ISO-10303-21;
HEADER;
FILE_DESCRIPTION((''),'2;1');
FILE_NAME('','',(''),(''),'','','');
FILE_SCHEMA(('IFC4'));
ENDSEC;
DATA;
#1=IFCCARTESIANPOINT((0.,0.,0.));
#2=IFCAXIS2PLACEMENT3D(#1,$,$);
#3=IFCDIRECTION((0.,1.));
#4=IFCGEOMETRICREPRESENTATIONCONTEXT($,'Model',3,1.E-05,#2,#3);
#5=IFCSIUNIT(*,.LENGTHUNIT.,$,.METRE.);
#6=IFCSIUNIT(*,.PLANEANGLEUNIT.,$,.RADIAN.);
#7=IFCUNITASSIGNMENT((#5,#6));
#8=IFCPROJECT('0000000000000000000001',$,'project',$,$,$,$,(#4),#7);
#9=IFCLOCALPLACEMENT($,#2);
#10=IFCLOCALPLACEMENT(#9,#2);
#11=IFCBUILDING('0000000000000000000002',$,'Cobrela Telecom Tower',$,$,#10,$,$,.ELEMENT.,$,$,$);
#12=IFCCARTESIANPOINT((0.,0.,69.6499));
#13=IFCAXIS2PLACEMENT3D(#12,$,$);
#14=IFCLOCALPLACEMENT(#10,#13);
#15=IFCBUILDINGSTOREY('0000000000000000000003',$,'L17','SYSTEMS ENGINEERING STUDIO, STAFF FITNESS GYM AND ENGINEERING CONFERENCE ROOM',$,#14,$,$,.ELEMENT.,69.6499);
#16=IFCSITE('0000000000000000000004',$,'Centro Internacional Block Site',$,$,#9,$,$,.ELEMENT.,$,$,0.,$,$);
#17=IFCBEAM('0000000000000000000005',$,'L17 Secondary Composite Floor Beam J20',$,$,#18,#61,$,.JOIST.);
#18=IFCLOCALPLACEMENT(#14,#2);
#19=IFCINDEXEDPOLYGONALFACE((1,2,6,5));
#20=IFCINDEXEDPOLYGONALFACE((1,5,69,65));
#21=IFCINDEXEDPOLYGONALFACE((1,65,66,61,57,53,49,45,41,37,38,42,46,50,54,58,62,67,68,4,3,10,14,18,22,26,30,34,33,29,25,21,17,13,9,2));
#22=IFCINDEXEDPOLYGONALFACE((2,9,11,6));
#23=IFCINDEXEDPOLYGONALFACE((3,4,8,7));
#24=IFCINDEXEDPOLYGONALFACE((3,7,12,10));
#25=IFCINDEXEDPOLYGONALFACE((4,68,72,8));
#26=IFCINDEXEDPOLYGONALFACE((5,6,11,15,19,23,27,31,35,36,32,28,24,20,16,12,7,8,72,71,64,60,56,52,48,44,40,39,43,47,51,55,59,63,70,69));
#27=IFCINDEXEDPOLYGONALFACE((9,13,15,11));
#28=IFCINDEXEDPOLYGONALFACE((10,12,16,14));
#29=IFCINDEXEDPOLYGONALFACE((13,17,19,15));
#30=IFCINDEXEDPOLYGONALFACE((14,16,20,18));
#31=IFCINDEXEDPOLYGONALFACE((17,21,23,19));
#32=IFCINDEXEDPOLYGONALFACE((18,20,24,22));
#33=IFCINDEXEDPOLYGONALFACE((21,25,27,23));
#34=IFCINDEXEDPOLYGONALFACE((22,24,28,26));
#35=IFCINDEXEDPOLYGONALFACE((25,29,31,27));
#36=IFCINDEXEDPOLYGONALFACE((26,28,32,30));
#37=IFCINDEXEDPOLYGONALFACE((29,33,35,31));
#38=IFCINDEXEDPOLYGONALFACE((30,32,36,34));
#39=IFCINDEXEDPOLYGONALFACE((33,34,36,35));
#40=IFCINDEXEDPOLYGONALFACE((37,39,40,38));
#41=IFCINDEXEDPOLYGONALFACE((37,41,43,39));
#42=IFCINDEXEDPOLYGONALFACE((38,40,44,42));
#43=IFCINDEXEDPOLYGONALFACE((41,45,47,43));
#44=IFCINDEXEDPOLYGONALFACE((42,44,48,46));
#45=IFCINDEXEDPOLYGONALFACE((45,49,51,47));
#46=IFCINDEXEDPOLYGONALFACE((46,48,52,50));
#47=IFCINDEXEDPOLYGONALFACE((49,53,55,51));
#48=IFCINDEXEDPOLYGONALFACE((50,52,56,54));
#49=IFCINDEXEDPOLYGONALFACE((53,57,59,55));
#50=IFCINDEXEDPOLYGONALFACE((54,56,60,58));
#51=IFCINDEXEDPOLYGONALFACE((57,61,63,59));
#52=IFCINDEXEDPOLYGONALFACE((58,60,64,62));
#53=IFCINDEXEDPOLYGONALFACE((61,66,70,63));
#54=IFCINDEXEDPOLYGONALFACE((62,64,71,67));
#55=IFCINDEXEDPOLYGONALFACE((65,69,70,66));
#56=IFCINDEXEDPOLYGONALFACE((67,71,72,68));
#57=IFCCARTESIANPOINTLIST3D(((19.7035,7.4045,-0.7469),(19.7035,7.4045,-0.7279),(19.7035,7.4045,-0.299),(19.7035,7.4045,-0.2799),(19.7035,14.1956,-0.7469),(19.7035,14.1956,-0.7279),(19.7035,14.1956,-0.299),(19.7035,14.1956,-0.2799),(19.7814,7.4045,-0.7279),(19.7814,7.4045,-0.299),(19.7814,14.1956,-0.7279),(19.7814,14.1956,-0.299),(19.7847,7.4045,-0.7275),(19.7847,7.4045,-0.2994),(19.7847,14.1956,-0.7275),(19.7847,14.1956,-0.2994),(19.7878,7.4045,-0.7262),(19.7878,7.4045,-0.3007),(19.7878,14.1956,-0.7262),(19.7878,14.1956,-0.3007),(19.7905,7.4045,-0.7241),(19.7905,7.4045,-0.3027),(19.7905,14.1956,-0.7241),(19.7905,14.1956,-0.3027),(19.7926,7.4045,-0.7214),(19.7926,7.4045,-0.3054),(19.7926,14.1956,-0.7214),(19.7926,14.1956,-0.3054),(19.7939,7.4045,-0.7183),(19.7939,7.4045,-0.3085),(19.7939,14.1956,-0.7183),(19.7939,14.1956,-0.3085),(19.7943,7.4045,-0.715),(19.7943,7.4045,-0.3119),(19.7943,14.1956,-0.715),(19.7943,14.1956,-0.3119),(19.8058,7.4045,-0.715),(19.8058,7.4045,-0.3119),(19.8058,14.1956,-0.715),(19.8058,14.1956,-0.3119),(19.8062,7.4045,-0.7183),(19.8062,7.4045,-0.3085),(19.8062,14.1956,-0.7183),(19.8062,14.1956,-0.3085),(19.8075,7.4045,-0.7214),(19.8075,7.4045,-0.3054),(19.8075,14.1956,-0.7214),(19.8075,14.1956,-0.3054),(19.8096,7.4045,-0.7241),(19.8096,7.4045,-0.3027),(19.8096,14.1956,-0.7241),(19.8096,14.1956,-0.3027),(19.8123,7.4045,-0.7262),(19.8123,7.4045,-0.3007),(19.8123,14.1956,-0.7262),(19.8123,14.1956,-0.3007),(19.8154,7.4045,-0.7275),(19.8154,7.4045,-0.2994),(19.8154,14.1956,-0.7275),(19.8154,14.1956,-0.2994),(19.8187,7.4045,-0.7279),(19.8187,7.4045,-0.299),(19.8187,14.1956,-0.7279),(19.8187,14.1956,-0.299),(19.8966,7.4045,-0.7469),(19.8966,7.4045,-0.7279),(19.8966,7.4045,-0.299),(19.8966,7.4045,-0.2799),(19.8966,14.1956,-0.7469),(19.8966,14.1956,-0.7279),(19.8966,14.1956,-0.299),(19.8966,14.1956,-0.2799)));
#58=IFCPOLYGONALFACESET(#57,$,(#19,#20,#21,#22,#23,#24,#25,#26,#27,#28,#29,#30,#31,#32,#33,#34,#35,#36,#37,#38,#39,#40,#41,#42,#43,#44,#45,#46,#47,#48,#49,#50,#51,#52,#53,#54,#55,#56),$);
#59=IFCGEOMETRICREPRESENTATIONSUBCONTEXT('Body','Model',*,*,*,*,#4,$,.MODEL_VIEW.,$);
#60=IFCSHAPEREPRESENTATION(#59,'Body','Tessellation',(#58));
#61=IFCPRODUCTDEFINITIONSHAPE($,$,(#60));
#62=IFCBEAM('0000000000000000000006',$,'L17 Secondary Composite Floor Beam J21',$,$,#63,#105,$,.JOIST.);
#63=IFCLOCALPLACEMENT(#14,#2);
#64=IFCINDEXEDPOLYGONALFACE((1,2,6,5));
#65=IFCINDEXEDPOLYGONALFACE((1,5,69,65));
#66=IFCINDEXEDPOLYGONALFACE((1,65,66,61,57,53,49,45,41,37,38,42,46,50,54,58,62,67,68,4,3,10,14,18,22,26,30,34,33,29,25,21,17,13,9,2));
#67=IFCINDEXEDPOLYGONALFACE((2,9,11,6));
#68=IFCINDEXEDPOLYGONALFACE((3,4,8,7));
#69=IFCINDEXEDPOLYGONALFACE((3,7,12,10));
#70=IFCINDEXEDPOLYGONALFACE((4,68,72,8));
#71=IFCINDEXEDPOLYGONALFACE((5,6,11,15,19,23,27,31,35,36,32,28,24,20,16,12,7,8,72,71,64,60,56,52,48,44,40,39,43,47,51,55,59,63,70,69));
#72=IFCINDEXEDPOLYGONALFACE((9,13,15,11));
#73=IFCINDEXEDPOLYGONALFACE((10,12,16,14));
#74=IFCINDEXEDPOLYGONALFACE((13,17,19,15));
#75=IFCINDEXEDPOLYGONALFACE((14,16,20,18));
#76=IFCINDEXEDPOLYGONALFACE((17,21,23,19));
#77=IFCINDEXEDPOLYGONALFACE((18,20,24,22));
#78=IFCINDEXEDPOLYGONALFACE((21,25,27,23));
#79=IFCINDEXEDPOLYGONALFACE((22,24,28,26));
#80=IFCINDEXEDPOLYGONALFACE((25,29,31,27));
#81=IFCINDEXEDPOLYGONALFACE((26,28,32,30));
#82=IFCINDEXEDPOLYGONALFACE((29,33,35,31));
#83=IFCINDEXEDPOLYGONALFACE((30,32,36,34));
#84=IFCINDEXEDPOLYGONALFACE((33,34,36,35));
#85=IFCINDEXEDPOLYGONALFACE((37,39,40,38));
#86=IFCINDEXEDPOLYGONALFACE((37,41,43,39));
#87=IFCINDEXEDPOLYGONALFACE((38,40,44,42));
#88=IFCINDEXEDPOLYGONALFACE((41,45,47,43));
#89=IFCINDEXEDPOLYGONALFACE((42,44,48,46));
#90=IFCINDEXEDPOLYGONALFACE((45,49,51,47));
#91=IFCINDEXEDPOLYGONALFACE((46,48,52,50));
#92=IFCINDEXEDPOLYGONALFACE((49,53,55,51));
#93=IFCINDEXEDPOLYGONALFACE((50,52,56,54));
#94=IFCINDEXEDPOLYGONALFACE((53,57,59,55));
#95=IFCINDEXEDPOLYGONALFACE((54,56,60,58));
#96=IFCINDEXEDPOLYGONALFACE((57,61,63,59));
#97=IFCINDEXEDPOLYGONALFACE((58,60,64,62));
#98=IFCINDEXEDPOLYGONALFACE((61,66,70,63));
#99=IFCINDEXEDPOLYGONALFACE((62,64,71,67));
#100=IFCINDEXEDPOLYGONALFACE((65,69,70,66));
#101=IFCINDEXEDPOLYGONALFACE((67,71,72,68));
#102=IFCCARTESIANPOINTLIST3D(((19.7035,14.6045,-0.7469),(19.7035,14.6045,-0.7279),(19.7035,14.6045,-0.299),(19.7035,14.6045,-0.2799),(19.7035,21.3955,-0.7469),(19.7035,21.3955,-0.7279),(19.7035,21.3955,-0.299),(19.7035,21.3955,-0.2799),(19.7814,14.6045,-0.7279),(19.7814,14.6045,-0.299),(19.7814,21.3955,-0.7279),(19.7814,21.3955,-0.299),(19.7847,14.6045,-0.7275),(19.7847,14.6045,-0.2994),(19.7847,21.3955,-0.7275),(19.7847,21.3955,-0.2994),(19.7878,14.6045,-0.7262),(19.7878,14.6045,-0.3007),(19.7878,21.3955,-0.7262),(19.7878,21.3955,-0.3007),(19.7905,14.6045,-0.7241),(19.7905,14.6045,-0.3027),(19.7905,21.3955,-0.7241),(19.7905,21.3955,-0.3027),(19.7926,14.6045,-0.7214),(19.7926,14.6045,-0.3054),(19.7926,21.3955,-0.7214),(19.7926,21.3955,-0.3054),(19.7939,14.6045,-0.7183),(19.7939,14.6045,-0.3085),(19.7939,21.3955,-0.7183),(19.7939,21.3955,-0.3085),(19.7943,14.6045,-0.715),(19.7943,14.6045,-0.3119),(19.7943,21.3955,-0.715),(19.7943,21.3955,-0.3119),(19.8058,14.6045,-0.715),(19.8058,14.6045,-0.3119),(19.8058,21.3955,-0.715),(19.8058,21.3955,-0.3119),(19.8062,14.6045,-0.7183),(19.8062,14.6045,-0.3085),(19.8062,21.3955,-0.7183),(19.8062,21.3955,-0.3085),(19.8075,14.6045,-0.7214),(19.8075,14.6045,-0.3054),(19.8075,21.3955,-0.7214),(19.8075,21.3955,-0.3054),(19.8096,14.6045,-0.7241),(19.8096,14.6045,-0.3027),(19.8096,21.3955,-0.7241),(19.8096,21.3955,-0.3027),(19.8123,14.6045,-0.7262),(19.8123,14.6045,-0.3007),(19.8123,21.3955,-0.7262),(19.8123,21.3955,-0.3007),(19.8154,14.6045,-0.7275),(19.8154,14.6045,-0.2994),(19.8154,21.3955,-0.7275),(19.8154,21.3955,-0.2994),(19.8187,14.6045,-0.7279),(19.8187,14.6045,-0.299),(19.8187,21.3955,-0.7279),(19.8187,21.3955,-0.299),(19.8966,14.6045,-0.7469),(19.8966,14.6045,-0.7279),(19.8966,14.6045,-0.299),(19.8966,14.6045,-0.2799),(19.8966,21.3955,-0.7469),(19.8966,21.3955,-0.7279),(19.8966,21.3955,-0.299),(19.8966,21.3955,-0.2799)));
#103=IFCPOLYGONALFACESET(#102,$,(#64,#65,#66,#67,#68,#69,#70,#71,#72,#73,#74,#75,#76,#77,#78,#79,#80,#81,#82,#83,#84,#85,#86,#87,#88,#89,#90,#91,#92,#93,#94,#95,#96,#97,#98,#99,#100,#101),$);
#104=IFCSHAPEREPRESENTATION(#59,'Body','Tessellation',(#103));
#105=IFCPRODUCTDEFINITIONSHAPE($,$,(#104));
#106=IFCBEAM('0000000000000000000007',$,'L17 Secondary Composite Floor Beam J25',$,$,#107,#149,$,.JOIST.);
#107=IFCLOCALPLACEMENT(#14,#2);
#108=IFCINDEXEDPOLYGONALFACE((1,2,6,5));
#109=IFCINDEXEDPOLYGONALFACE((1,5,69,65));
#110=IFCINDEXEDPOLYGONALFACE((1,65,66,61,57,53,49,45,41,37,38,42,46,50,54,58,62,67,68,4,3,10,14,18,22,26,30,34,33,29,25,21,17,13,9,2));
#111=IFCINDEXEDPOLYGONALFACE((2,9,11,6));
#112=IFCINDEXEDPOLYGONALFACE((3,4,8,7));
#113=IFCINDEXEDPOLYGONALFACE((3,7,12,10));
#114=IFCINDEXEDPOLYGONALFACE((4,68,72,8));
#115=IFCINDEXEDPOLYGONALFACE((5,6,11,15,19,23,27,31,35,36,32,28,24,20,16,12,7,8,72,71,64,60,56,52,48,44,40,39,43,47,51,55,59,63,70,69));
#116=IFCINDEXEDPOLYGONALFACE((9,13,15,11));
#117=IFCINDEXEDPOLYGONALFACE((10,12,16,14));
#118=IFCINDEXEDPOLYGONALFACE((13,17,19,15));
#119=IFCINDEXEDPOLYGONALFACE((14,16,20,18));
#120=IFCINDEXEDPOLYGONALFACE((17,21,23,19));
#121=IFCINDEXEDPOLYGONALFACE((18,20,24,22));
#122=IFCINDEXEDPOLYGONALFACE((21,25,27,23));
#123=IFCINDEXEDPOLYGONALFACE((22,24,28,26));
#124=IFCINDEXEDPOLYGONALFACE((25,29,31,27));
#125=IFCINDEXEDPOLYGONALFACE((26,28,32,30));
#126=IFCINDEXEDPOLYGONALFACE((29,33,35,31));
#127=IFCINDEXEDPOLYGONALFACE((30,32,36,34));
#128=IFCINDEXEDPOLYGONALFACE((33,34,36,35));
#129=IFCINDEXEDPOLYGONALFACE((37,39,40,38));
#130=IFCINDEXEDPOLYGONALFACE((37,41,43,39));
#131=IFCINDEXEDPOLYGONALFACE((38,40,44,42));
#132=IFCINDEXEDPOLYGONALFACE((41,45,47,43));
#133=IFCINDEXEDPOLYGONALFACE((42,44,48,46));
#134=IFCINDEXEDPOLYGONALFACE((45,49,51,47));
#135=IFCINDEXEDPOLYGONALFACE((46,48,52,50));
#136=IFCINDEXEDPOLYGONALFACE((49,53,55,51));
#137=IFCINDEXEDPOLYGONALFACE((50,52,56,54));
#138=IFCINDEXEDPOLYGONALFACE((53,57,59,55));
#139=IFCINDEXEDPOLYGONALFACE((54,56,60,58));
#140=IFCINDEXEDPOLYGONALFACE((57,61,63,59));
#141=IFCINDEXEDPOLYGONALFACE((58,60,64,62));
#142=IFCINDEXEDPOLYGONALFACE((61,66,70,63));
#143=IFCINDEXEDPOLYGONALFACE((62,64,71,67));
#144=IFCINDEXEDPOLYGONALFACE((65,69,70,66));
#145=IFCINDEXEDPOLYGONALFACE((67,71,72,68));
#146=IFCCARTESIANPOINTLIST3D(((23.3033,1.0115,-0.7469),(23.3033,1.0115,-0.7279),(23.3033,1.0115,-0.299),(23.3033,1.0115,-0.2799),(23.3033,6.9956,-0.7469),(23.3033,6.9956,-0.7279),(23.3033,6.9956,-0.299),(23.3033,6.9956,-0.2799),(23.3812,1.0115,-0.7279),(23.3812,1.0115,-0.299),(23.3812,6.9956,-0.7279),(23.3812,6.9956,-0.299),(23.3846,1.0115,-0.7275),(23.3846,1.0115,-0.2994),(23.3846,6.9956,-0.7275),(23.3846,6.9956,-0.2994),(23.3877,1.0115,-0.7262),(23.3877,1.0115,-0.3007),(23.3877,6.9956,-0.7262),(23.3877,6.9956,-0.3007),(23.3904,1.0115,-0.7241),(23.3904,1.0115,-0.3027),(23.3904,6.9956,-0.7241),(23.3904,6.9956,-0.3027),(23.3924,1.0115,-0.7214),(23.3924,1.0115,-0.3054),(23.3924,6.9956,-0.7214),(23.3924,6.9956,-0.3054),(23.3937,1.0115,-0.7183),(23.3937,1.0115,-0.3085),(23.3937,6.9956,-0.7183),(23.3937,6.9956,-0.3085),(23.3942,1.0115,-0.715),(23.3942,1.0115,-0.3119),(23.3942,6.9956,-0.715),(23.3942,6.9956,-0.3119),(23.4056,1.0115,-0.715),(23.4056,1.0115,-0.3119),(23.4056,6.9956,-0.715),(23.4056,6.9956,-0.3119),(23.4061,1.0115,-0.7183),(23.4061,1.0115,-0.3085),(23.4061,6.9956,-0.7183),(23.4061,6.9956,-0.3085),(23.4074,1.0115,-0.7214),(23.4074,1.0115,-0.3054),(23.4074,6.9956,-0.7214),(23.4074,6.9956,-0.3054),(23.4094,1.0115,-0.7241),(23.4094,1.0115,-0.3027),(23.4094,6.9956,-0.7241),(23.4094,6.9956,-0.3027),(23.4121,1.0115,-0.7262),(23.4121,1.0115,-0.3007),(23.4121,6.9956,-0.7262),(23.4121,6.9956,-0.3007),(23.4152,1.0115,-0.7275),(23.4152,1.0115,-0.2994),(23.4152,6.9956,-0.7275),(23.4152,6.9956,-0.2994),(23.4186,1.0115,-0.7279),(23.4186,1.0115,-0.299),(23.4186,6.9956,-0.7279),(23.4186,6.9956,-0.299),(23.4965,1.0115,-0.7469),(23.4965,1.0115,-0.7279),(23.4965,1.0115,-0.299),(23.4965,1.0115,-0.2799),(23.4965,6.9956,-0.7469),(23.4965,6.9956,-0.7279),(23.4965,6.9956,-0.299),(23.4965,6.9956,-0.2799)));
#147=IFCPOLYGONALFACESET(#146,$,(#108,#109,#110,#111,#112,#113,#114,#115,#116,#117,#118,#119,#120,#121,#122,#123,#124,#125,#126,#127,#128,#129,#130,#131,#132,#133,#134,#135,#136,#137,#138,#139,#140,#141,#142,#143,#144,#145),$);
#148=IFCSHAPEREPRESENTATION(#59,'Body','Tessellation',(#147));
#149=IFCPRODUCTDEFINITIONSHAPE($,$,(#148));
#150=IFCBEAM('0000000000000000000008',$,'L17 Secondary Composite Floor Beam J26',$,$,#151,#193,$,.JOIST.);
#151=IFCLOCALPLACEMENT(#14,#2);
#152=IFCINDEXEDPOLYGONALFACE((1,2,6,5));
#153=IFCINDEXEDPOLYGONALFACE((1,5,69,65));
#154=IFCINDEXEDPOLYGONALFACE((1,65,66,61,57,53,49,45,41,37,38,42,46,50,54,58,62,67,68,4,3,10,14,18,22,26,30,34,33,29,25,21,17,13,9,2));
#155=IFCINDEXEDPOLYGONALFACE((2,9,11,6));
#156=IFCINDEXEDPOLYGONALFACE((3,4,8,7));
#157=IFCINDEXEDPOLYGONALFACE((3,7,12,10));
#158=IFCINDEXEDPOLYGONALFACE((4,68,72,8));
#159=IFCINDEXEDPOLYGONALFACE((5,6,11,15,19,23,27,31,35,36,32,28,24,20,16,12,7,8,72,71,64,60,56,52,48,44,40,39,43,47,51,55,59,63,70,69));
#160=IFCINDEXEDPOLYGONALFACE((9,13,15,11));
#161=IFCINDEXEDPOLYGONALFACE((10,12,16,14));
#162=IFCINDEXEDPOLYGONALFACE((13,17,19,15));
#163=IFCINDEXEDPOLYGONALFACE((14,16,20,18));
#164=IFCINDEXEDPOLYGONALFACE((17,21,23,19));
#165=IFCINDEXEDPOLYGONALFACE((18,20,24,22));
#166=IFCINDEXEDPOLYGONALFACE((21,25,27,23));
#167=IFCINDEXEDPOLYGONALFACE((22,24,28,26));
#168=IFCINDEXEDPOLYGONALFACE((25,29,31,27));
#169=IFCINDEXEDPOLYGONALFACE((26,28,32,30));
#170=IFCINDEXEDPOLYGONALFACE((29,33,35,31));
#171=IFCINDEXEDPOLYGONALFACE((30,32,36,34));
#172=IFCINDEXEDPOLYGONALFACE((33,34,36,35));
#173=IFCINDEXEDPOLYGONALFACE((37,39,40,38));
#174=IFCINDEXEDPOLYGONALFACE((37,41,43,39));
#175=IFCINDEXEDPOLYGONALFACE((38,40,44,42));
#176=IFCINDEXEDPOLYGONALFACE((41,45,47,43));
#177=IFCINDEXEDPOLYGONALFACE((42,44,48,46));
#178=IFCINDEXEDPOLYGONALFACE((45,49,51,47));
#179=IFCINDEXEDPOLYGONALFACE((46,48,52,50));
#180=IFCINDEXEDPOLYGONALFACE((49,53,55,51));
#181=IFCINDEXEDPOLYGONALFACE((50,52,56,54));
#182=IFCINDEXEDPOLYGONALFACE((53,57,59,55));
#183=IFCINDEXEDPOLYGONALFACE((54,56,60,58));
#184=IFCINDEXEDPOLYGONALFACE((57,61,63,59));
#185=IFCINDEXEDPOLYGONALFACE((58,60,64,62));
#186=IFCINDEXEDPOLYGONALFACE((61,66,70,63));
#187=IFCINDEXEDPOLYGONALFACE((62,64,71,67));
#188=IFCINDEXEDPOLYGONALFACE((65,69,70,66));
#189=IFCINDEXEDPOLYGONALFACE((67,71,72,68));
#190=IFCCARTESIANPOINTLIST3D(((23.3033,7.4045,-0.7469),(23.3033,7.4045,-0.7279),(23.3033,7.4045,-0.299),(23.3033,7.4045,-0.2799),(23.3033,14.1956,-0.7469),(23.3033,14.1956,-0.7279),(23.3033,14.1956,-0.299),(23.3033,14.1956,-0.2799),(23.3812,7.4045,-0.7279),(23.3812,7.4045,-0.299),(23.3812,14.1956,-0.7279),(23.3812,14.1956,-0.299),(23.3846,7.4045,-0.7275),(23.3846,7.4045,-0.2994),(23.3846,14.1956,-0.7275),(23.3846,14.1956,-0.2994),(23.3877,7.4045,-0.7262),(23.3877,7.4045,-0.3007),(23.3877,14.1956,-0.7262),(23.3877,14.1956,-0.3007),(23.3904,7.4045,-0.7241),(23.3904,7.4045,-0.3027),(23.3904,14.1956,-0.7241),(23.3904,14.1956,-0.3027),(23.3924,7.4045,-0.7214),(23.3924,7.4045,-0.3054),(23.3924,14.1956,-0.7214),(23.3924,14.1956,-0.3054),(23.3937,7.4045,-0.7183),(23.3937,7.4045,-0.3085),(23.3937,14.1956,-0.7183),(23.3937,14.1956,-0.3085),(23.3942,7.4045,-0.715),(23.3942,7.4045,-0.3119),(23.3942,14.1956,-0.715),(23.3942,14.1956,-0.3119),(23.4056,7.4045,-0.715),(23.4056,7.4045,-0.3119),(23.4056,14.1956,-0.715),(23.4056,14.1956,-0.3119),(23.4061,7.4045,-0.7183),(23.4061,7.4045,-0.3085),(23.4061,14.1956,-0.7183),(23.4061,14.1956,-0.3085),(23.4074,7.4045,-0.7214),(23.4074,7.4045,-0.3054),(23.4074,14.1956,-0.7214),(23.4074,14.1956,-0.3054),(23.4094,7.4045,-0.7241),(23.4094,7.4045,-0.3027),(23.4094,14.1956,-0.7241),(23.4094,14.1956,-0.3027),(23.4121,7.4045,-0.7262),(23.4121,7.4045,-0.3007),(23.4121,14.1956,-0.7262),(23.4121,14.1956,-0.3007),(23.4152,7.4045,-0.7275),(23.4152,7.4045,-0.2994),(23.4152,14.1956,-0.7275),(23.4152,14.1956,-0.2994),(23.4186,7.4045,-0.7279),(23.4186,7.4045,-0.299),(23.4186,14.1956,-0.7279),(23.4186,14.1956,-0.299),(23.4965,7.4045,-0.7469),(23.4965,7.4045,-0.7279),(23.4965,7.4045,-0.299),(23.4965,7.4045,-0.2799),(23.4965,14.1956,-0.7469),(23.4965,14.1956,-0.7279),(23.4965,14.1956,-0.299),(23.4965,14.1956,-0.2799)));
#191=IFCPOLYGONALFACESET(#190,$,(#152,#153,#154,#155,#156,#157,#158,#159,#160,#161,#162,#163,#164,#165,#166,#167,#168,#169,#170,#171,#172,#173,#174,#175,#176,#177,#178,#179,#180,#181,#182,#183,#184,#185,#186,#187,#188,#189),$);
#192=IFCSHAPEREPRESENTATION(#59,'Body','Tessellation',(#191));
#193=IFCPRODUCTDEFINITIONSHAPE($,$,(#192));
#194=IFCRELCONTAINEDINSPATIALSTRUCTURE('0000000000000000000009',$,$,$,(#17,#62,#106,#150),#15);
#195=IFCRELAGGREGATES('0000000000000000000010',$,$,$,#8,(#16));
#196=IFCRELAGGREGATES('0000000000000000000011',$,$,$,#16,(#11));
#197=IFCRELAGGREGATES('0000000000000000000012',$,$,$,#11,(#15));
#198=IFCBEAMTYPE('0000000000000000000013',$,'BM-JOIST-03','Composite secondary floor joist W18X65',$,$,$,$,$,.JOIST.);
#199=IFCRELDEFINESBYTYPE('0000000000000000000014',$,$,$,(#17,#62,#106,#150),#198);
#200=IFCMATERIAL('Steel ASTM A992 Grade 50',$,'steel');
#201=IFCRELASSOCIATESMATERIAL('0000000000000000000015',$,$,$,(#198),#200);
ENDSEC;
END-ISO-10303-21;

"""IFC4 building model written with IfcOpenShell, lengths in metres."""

from ifc_helpers import new_model, si_unit, direction, frame, origin, origin_2d, place, context, subcontext, project, spatial, i_section, extrude, material, material_profile, profile_set, type_object, element, save


model = new_model("IFC4")

# Units and contexts
model_context = context("Model", 3, precision=1e-05, world=origin(), true_north=direction((0.0, 1.0)))
body_context = subcontext(model_context, "Body", "Model", "MODEL_VIEW")
ifc_project = project(units=[si_unit("LENGTHUNIT", "METRE"), si_unit("PLANEANGLEUNIT", "RADIAN")], contexts=[model_context])

# Site, building, storey
site_placement = place(None, origin())
site = spatial("IfcSite", under=ifc_project, at=site_placement, Name="Centro Internacional Block Site", CompositionType="ELEMENT", RefElevation=0.0)
building_placement = place(site_placement, origin())
building = spatial("IfcBuilding", under=site, at=building_placement, Name="Cobrela Telecom Tower", CompositionType="ELEMENT")
storey_placement = place(building_placement, frame((0.0, 0.0, 69.6499)))
storey = spatial("IfcBuildingStorey", under=building, at=storey_placement, Name="L17", Description="SYSTEMS ENGINEERING STUDIO, STAFF FITNESS GYM AND ENGINEERING CONFERENCE ROOM", CompositionType="ELEMENT", Elevation=69.6499)

# Shared definitions
ifc_material_1 = material(Name="Steel ASTM A992 Grade 50", Category="steel")

# Beams
ifc_material_profile_1 = material_profile(ifc_material_1, i_section(OverallWidth=0.1931, OverallDepth=0.467, WebThickness=0.0115, FlangeThickness=0.019, FilletRadius=0.0129, at=origin_2d()), Name="W18X65")
ifc_profile_set_1 = profile_set([ifc_material_profile_1], Name="Steel ASTM A992 Grade 50")
beam_type_1 = type_object("IfcBeamType", Name="BM-JOIST-03", Description="Composite secondary floor joist W18X65", PredefinedType="JOIST", material=ifc_profile_set_1)
for number, where, z_axis, x_axis, name in (
    (1, (19.8, 7.4045, -0.5134), (0.0, 1.0, 0.0), (-1.0, 0.0, 0.0), "L17 Secondary Composite Floor Beam J20"),
    (2, (19.8, 14.6045, -0.5134), (0.0, 1.0, 0.0), (-1.0, 0.0, 0.0), "L17 Secondary Composite Floor Beam J21"),
):
    element("IfcBeam", number, at=place(storey_placement, frame(where, z_axis=z_axis, x_axis=x_axis)), inside=storey, type_object=beam_type_1, Name=name, PredefinedType="JOIST", context=body_context, shape_type="SweptSolid", body=[
        extrude(i_section(OverallWidth=0.1931, OverallDepth=0.467, WebThickness=0.0115, FlangeThickness=0.019, FilletRadius=0.0129, at=origin_2d()), origin(), (0.0, 0.0, 1.0), 6.791),
    ])
beam_1_placement = place(storey_placement, frame((23.3999, 1.0115, -0.5134), z_axis=(0.0, 1.0, 0.0), x_axis=(-1.0, 0.0, 0.0)))
element("IfcBeam", 3, at=beam_1_placement, inside=storey, type_object=beam_type_1, Name="L17 Secondary Composite Floor Beam J25", PredefinedType="JOIST", context=body_context, shape_type="SweptSolid", body=[
    extrude(i_section(OverallWidth=0.1931, OverallDepth=0.467, WebThickness=0.0115, FlangeThickness=0.019, FilletRadius=0.0129, at=origin_2d()), origin(), (0.0, 0.0, 1.0), 5.9841),
])
for number, where, z_axis, x_axis, name in (
    (4, (23.3999, 7.4045, -0.5134), (0.0, 1.0, 0.0), (-1.0, 0.0, 0.0), "L17 Secondary Composite Floor Beam J26"),
):
    element("IfcBeam", number, at=place(storey_placement, frame(where, z_axis=z_axis, x_axis=x_axis)), inside=storey, type_object=beam_type_1, Name=name, PredefinedType="JOIST", context=body_context, shape_type="SweptSolid", body=[
        extrude(i_section(OverallWidth=0.1931, OverallDepth=0.467, WebThickness=0.0115, FlangeThickness=0.019, FilletRadius=0.0129, at=origin_2d()), origin(), (0.0, 0.0, 1.0), 6.791),
    ])

save(model, "model.ifc")
